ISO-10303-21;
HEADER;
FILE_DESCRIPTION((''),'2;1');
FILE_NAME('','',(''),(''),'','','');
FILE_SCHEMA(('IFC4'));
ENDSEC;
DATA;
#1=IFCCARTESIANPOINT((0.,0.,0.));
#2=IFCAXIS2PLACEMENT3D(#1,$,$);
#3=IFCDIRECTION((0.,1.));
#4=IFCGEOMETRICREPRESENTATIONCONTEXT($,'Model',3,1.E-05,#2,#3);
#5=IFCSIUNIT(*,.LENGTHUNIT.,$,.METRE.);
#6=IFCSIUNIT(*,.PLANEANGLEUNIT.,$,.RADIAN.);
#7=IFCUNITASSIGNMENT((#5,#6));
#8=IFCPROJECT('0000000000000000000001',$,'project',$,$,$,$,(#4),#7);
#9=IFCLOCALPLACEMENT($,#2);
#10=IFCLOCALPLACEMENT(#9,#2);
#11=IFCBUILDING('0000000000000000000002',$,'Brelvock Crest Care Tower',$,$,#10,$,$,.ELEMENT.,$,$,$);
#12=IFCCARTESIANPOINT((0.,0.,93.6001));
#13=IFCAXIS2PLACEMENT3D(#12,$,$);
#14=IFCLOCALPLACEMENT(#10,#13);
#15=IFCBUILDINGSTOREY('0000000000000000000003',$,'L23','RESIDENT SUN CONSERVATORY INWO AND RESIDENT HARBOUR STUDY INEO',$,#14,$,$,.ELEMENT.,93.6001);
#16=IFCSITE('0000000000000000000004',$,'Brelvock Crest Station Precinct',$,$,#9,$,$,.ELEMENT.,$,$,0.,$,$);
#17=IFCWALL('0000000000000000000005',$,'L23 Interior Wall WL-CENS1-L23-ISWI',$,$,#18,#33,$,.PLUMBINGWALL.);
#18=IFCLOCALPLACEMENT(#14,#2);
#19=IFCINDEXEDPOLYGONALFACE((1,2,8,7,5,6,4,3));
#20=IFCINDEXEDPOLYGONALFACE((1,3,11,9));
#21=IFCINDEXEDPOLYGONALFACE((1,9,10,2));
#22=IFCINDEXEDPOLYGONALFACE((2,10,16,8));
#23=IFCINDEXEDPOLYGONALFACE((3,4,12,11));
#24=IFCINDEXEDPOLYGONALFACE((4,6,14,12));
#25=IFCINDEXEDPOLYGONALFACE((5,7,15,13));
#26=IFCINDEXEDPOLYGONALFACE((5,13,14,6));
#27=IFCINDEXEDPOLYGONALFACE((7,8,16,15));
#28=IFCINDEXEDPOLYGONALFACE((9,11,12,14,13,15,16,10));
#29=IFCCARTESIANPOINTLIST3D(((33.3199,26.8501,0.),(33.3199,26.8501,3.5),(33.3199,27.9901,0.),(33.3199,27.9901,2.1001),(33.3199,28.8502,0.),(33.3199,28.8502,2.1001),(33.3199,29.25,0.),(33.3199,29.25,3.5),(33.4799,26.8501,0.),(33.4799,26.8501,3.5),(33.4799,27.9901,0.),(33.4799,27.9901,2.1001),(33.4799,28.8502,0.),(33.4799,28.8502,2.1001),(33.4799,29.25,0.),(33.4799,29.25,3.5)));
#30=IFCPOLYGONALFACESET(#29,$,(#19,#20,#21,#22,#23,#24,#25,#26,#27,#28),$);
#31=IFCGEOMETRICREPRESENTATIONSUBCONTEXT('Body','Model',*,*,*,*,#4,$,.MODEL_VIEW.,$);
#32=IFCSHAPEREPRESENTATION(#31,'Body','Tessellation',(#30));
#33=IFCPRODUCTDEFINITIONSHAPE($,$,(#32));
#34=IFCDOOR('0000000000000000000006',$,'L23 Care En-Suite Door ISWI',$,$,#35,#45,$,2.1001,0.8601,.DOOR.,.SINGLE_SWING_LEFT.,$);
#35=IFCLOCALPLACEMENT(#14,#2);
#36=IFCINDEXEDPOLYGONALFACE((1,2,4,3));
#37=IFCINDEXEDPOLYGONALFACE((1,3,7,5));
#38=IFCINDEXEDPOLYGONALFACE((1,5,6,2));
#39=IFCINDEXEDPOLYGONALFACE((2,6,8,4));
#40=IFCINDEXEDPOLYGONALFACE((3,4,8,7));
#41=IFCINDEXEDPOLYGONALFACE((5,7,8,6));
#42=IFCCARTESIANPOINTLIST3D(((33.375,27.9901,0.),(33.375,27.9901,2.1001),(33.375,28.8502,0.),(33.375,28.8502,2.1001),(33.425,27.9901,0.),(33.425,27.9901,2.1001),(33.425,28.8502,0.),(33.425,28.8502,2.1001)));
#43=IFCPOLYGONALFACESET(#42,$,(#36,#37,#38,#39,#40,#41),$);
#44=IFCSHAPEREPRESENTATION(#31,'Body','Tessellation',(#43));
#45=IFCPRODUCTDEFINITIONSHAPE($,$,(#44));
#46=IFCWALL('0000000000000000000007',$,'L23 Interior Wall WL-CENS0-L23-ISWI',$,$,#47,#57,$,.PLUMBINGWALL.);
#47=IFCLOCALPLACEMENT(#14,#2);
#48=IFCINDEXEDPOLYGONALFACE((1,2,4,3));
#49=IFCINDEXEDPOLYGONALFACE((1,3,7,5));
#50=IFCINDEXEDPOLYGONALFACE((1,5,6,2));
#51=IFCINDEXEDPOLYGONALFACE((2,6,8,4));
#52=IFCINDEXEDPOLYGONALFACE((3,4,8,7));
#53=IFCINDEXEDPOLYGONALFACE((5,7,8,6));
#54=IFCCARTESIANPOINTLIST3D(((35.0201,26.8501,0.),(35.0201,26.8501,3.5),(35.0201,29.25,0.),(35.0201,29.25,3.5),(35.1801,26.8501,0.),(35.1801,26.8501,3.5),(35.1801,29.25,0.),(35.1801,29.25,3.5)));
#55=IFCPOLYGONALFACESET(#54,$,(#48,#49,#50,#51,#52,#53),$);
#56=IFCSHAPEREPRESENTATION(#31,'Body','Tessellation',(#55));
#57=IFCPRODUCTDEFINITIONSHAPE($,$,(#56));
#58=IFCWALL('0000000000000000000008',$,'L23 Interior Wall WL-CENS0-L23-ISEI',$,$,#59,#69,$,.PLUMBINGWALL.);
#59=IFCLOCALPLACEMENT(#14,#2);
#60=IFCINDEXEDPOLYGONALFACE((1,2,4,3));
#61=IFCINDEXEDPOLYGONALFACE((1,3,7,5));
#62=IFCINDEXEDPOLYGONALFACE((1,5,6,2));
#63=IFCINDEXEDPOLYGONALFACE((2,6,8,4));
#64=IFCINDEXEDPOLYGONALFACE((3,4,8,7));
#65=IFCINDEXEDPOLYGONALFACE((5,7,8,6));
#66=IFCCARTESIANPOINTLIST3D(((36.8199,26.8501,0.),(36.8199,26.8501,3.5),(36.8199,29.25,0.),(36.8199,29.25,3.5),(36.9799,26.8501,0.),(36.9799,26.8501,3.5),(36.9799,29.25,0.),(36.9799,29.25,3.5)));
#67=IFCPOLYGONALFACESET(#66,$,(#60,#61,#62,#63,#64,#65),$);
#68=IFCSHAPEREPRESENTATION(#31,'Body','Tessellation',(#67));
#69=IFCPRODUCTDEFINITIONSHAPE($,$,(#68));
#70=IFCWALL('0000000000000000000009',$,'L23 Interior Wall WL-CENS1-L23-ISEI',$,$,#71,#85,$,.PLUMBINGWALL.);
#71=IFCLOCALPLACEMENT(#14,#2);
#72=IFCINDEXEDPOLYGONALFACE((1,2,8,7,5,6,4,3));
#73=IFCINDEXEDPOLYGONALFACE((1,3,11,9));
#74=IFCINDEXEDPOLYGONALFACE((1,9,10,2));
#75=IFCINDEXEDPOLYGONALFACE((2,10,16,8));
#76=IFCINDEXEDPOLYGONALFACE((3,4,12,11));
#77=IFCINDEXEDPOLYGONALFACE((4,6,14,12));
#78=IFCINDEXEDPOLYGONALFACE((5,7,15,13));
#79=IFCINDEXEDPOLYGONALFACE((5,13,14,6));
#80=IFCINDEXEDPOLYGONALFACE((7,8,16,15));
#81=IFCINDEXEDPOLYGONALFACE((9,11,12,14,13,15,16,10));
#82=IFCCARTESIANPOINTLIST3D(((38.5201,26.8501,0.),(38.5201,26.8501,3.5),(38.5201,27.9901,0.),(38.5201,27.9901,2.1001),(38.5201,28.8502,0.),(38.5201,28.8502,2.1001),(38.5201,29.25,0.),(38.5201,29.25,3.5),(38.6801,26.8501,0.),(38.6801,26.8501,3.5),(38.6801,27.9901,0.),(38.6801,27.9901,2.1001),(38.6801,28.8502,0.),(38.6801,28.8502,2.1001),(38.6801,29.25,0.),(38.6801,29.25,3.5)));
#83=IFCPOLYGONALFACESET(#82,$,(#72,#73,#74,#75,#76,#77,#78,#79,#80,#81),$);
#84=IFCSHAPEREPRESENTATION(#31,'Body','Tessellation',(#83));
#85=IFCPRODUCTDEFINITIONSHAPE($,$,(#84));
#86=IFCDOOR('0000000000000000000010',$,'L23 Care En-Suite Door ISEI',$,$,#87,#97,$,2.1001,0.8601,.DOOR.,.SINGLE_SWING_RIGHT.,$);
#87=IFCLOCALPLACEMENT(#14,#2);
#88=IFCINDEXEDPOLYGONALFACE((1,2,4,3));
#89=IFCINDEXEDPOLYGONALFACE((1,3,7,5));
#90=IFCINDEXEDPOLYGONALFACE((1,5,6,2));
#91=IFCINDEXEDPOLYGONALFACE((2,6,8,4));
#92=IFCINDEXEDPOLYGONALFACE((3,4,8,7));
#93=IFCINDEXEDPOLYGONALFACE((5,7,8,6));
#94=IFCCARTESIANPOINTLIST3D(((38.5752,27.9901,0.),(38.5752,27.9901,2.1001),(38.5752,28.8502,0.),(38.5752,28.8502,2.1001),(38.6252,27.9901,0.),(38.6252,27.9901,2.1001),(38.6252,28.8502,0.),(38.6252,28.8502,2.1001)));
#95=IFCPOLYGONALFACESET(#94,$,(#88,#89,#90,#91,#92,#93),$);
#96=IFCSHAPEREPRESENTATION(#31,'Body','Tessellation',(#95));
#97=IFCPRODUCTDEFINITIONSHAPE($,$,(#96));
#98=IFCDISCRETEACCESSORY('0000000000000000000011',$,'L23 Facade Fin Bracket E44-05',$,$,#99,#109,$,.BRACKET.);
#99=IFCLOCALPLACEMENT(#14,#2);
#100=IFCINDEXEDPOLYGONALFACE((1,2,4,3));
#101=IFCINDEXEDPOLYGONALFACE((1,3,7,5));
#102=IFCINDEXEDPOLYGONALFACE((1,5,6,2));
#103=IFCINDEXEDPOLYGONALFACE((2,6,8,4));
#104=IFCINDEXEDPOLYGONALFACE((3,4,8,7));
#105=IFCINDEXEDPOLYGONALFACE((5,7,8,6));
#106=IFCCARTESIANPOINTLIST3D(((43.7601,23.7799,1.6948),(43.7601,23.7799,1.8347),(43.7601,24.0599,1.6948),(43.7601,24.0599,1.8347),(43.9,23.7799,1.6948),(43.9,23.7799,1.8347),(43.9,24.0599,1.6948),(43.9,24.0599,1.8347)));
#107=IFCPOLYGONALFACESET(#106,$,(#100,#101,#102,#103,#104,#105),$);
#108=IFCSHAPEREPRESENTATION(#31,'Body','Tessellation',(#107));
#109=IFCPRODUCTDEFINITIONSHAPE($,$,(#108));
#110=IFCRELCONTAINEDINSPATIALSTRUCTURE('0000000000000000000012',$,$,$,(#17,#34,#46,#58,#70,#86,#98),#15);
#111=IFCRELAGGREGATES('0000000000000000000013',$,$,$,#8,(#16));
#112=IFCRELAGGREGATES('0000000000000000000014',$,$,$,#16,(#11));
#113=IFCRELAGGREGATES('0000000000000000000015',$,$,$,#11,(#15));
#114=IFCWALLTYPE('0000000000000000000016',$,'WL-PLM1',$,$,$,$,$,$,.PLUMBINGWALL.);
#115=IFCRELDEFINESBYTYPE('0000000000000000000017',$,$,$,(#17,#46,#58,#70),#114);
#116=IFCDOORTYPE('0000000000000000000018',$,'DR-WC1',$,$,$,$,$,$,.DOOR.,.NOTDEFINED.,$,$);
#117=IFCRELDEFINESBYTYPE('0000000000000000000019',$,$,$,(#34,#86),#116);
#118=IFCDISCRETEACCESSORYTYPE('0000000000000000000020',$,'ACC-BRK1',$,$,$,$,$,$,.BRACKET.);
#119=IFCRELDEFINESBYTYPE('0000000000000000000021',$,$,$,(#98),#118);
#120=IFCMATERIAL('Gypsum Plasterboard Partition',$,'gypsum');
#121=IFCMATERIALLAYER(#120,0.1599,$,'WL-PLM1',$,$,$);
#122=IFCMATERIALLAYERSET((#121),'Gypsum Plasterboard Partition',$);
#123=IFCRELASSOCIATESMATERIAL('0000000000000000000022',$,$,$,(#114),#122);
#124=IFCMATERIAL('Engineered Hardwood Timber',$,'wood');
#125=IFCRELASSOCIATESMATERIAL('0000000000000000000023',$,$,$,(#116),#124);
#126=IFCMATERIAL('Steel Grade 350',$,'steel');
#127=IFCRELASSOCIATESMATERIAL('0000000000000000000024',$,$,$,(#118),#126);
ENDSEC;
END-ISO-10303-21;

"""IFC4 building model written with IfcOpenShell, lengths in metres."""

from ifc_helpers import new_model, si_unit, direction, frame, frame_2d, origin, origin_2d, place, context, subcontext, project, spatial, rectangle, extrude, source, transform, mapped, material, layer, layer_set, type_object, element, fill, save


model = new_model("IFC4")

# Units and contexts
model_context = context("Model", 3, precision=1e-05, world=origin(), true_north=direction((0.0, 1.0)))
body_context = subcontext(model_context, "Body", "Model", "MODEL_VIEW")
ifc_project = project(units=[si_unit("LENGTHUNIT", "METRE"), si_unit("PLANEANGLEUNIT", "RADIAN")], contexts=[model_context])

# Site, building, storey
site_placement = place(None, origin())
site = spatial("IfcSite", under=ifc_project, at=site_placement, Name="Brelvock Crest Station Precinct", CompositionType="ELEMENT", RefElevation=0.0)
building_placement = place(site_placement, origin())
building = spatial("IfcBuilding", under=site, at=building_placement, Name="Brelvock Crest Care Tower", CompositionType="ELEMENT")
storey_placement = place(building_placement, frame((0.0, 0.0, 93.6001)))
storey = spatial("IfcBuildingStorey", under=building, at=storey_placement, Name="L23", Description="RESIDENT SUN CONSERVATORY INWO AND RESIDENT HARBOUR STUDY INEO", CompositionType="ELEMENT", Elevation=93.6001)

# Shared definitions
ifc_material_1 = material(Name="Steel Grade 350", Category="steel")

# Shared definitions
ifc_material_2 = material(Name="Engineered Hardwood Timber", Category="wood")

# Shared definitions
ifc_material_3 = material(Name="Gypsum Plasterboard Partition", Category="gypsum")
ifc_layer_1 = layer(ifc_material_3, 0.1599, Name="WL-PLM1")
ifc_layer_set_1 = layer_set([ifc_layer_1], Name="Gypsum Plasterboard Partition")
wall_type_1 = type_object("IfcWallType", Name="WL-PLM1", PredefinedType="PLUMBINGWALL", material=ifc_layer_set_1)

# Wall, opening, door
wall_1_placement = place(storey_placement, frame((33.3999, 26.8501, 0.0), z_axis=(0.0, 0.0, 1.0), x_axis=(0.0, 1.0, 0.0)))
wall_1 = element("IfcWall", 1, at=wall_1_placement, inside=storey, type_object=wall_type_1, Name="L23 Interior Wall WL-CENS1-L23-ISWI", PredefinedType="PLUMBINGWALL", context=body_context, shape_type="SweptSolid", body=[
    extrude(rectangle(XDim=2.3999, YDim=0.1599, at=frame_2d((1.2, 0.0))), origin(), (0.0, 0.0, 1.0), 3.5),
])
opening_1_placement = place(wall_1_placement, frame((1.1399, 0.0, 0.0)))
opening_1 = element("IfcOpeningElement", 2, at=opening_1_placement, cuts=wall_1, PredefinedType="OPENING", context=body_context, shape_type="SweptSolid", body=[
    extrude(rectangle(XDim=0.8601, YDim=2.1001, at=origin_2d()), frame((0.4302, 0.0898, 1.05), z_axis=(0.0, -1.0, 0.0), x_axis=(1.0, 0.0, 0.0)), (0.0, 0.0, 1.0), 0.1799),
])
door_type_1 = type_object("IfcDoorType", Name="DR-WC1", OperationType="NOTDEFINED", PredefinedType="DOOR", material=ifc_material_2)
shared_shape_1 = source(origin(), body_context, "Body", "SweptSolid", [
    extrude(rectangle(XDim=0.8601, YDim=2.1001, at=origin_2d()), frame((0.4302, 0.0249, 1.05), z_axis=(0.0, -1.0, 0.0), x_axis=(1.0, 0.0, 0.0)), (0.0, 0.0, 1.0), 0.05),
])
door_1_placement = place(opening_1_placement, origin())
door_1 = element("IfcDoor", 3, at=door_1_placement, inside=storey, type_object=door_type_1, Name="L23 Care En-Suite Door ISWI", OperationType="SINGLE_SWING_LEFT", OverallHeight=2.1001, OverallWidth=0.8601, PredefinedType="DOOR", context=body_context, shape_type="MappedRepresentation", body=[
    mapped(shared_shape_1, transform((0.0, 0.0, 0.0), x_axis=(1.0, 0.0, 0.0), y_axis=(0.0, 1.0, 0.0), z_axis=(0.0, 0.0, 1.0), scale=1.0)),
])
fill(opening_1, door_1)

# Walls
for number, where, z_axis, x_axis, name in (
    (4, (35.1001, 26.8501, 0.0), (0.0, 0.0, 1.0), (0.0, 1.0, 0.0), "L23 Interior Wall WL-CENS0-L23-ISWI"),
    (5, (36.8999, 26.8501, 0.0), (0.0, 0.0, 1.0), (0.0, 1.0, 0.0), "L23 Interior Wall WL-CENS0-L23-ISEI"),
):
    element("IfcWall", number, at=place(storey_placement, frame(where, z_axis=z_axis, x_axis=x_axis)), inside=storey, type_object=wall_type_1, Name=name, PredefinedType="PLUMBINGWALL", context=body_context, shape_type="SweptSolid", body=[
        extrude(rectangle(XDim=2.3999, YDim=0.1599, at=frame_2d((1.2, 0.0))), origin(), (0.0, 0.0, 1.0), 3.5),
    ])

# Wall, opening, door
wall_2_placement = place(storey_placement, frame((38.6001, 26.8501, 0.0), z_axis=(0.0, 0.0, 1.0), x_axis=(0.0, 1.0, 0.0)))
wall_2 = element("IfcWall", 6, at=wall_2_placement, inside=storey, type_object=wall_type_1, Name="L23 Interior Wall WL-CENS1-L23-ISEI", PredefinedType="PLUMBINGWALL", context=body_context, shape_type="SweptSolid", body=[
    extrude(rectangle(XDim=2.3999, YDim=0.1599, at=frame_2d((1.2, 0.0))), origin(), (0.0, 0.0, 1.0), 3.5),
])
opening_2_placement = place(wall_2_placement, frame((1.1399, 0.0, 0.0)))
opening_2 = element("IfcOpeningElement", 7, at=opening_2_placement, cuts=wall_2, PredefinedType="OPENING", context=body_context, shape_type="SweptSolid", body=[
    extrude(rectangle(XDim=0.8601, YDim=2.1001, at=origin_2d()), frame((0.4302, 0.0898, 1.05), z_axis=(0.0, -1.0, 0.0), x_axis=(1.0, 0.0, 0.0)), (0.0, 0.0, 1.0), 0.1799),
])
door_2_placement = place(opening_2_placement, origin())
door_2 = element("IfcDoor", 8, at=door_2_placement, inside=storey, type_object=door_type_1, Name="L23 Care En-Suite Door ISEI", OperationType="SINGLE_SWING_RIGHT", OverallHeight=2.1001, OverallWidth=0.8601, PredefinedType="DOOR", context=body_context, shape_type="MappedRepresentation", body=[
    mapped(shared_shape_1, transform((0.0, 0.0, 0.0), x_axis=(1.0, 0.0, 0.0), y_axis=(0.0, 1.0, 0.0), z_axis=(0.0, 0.0, 1.0), scale=1.0)),
])
fill(opening_2, door_2)

# Discrete accessory
discrete_accessory_type = type_object("IfcDiscreteAccessoryType", Name="ACC-BRK1", PredefinedType="BRACKET", material=ifc_material_1)
shared_shape_2 = source(origin(), body_context, "Body", "SweptSolid", [
    extrude(rectangle(XDim=0.28, YDim=0.1399, at=origin_2d()), origin(), (0.0, 0.0, 1.0), 0.1399),
])
discrete_accessory_placement = place(storey_placement, frame((43.8301, 23.9199, 1.6948), z_axis=(0.0, 0.0, 1.0), x_axis=(0.0, -1.0, 0.0)))
element("IfcDiscreteAccessory", 9, at=discrete_accessory_placement, inside=storey, type_object=discrete_accessory_type, Name="L23 Facade Fin Bracket E44-05", PredefinedType="BRACKET", context=body_context, shape_type="MappedRepresentation", body=[
    mapped(shared_shape_2, transform((0.0, 0.0, 0.0), x_axis=(1.0, 0.0, 0.0), y_axis=(0.0, 1.0, 0.0), z_axis=(0.0, 0.0, 1.0), scale=1.0)),
])

save(model, "model.ifc")
